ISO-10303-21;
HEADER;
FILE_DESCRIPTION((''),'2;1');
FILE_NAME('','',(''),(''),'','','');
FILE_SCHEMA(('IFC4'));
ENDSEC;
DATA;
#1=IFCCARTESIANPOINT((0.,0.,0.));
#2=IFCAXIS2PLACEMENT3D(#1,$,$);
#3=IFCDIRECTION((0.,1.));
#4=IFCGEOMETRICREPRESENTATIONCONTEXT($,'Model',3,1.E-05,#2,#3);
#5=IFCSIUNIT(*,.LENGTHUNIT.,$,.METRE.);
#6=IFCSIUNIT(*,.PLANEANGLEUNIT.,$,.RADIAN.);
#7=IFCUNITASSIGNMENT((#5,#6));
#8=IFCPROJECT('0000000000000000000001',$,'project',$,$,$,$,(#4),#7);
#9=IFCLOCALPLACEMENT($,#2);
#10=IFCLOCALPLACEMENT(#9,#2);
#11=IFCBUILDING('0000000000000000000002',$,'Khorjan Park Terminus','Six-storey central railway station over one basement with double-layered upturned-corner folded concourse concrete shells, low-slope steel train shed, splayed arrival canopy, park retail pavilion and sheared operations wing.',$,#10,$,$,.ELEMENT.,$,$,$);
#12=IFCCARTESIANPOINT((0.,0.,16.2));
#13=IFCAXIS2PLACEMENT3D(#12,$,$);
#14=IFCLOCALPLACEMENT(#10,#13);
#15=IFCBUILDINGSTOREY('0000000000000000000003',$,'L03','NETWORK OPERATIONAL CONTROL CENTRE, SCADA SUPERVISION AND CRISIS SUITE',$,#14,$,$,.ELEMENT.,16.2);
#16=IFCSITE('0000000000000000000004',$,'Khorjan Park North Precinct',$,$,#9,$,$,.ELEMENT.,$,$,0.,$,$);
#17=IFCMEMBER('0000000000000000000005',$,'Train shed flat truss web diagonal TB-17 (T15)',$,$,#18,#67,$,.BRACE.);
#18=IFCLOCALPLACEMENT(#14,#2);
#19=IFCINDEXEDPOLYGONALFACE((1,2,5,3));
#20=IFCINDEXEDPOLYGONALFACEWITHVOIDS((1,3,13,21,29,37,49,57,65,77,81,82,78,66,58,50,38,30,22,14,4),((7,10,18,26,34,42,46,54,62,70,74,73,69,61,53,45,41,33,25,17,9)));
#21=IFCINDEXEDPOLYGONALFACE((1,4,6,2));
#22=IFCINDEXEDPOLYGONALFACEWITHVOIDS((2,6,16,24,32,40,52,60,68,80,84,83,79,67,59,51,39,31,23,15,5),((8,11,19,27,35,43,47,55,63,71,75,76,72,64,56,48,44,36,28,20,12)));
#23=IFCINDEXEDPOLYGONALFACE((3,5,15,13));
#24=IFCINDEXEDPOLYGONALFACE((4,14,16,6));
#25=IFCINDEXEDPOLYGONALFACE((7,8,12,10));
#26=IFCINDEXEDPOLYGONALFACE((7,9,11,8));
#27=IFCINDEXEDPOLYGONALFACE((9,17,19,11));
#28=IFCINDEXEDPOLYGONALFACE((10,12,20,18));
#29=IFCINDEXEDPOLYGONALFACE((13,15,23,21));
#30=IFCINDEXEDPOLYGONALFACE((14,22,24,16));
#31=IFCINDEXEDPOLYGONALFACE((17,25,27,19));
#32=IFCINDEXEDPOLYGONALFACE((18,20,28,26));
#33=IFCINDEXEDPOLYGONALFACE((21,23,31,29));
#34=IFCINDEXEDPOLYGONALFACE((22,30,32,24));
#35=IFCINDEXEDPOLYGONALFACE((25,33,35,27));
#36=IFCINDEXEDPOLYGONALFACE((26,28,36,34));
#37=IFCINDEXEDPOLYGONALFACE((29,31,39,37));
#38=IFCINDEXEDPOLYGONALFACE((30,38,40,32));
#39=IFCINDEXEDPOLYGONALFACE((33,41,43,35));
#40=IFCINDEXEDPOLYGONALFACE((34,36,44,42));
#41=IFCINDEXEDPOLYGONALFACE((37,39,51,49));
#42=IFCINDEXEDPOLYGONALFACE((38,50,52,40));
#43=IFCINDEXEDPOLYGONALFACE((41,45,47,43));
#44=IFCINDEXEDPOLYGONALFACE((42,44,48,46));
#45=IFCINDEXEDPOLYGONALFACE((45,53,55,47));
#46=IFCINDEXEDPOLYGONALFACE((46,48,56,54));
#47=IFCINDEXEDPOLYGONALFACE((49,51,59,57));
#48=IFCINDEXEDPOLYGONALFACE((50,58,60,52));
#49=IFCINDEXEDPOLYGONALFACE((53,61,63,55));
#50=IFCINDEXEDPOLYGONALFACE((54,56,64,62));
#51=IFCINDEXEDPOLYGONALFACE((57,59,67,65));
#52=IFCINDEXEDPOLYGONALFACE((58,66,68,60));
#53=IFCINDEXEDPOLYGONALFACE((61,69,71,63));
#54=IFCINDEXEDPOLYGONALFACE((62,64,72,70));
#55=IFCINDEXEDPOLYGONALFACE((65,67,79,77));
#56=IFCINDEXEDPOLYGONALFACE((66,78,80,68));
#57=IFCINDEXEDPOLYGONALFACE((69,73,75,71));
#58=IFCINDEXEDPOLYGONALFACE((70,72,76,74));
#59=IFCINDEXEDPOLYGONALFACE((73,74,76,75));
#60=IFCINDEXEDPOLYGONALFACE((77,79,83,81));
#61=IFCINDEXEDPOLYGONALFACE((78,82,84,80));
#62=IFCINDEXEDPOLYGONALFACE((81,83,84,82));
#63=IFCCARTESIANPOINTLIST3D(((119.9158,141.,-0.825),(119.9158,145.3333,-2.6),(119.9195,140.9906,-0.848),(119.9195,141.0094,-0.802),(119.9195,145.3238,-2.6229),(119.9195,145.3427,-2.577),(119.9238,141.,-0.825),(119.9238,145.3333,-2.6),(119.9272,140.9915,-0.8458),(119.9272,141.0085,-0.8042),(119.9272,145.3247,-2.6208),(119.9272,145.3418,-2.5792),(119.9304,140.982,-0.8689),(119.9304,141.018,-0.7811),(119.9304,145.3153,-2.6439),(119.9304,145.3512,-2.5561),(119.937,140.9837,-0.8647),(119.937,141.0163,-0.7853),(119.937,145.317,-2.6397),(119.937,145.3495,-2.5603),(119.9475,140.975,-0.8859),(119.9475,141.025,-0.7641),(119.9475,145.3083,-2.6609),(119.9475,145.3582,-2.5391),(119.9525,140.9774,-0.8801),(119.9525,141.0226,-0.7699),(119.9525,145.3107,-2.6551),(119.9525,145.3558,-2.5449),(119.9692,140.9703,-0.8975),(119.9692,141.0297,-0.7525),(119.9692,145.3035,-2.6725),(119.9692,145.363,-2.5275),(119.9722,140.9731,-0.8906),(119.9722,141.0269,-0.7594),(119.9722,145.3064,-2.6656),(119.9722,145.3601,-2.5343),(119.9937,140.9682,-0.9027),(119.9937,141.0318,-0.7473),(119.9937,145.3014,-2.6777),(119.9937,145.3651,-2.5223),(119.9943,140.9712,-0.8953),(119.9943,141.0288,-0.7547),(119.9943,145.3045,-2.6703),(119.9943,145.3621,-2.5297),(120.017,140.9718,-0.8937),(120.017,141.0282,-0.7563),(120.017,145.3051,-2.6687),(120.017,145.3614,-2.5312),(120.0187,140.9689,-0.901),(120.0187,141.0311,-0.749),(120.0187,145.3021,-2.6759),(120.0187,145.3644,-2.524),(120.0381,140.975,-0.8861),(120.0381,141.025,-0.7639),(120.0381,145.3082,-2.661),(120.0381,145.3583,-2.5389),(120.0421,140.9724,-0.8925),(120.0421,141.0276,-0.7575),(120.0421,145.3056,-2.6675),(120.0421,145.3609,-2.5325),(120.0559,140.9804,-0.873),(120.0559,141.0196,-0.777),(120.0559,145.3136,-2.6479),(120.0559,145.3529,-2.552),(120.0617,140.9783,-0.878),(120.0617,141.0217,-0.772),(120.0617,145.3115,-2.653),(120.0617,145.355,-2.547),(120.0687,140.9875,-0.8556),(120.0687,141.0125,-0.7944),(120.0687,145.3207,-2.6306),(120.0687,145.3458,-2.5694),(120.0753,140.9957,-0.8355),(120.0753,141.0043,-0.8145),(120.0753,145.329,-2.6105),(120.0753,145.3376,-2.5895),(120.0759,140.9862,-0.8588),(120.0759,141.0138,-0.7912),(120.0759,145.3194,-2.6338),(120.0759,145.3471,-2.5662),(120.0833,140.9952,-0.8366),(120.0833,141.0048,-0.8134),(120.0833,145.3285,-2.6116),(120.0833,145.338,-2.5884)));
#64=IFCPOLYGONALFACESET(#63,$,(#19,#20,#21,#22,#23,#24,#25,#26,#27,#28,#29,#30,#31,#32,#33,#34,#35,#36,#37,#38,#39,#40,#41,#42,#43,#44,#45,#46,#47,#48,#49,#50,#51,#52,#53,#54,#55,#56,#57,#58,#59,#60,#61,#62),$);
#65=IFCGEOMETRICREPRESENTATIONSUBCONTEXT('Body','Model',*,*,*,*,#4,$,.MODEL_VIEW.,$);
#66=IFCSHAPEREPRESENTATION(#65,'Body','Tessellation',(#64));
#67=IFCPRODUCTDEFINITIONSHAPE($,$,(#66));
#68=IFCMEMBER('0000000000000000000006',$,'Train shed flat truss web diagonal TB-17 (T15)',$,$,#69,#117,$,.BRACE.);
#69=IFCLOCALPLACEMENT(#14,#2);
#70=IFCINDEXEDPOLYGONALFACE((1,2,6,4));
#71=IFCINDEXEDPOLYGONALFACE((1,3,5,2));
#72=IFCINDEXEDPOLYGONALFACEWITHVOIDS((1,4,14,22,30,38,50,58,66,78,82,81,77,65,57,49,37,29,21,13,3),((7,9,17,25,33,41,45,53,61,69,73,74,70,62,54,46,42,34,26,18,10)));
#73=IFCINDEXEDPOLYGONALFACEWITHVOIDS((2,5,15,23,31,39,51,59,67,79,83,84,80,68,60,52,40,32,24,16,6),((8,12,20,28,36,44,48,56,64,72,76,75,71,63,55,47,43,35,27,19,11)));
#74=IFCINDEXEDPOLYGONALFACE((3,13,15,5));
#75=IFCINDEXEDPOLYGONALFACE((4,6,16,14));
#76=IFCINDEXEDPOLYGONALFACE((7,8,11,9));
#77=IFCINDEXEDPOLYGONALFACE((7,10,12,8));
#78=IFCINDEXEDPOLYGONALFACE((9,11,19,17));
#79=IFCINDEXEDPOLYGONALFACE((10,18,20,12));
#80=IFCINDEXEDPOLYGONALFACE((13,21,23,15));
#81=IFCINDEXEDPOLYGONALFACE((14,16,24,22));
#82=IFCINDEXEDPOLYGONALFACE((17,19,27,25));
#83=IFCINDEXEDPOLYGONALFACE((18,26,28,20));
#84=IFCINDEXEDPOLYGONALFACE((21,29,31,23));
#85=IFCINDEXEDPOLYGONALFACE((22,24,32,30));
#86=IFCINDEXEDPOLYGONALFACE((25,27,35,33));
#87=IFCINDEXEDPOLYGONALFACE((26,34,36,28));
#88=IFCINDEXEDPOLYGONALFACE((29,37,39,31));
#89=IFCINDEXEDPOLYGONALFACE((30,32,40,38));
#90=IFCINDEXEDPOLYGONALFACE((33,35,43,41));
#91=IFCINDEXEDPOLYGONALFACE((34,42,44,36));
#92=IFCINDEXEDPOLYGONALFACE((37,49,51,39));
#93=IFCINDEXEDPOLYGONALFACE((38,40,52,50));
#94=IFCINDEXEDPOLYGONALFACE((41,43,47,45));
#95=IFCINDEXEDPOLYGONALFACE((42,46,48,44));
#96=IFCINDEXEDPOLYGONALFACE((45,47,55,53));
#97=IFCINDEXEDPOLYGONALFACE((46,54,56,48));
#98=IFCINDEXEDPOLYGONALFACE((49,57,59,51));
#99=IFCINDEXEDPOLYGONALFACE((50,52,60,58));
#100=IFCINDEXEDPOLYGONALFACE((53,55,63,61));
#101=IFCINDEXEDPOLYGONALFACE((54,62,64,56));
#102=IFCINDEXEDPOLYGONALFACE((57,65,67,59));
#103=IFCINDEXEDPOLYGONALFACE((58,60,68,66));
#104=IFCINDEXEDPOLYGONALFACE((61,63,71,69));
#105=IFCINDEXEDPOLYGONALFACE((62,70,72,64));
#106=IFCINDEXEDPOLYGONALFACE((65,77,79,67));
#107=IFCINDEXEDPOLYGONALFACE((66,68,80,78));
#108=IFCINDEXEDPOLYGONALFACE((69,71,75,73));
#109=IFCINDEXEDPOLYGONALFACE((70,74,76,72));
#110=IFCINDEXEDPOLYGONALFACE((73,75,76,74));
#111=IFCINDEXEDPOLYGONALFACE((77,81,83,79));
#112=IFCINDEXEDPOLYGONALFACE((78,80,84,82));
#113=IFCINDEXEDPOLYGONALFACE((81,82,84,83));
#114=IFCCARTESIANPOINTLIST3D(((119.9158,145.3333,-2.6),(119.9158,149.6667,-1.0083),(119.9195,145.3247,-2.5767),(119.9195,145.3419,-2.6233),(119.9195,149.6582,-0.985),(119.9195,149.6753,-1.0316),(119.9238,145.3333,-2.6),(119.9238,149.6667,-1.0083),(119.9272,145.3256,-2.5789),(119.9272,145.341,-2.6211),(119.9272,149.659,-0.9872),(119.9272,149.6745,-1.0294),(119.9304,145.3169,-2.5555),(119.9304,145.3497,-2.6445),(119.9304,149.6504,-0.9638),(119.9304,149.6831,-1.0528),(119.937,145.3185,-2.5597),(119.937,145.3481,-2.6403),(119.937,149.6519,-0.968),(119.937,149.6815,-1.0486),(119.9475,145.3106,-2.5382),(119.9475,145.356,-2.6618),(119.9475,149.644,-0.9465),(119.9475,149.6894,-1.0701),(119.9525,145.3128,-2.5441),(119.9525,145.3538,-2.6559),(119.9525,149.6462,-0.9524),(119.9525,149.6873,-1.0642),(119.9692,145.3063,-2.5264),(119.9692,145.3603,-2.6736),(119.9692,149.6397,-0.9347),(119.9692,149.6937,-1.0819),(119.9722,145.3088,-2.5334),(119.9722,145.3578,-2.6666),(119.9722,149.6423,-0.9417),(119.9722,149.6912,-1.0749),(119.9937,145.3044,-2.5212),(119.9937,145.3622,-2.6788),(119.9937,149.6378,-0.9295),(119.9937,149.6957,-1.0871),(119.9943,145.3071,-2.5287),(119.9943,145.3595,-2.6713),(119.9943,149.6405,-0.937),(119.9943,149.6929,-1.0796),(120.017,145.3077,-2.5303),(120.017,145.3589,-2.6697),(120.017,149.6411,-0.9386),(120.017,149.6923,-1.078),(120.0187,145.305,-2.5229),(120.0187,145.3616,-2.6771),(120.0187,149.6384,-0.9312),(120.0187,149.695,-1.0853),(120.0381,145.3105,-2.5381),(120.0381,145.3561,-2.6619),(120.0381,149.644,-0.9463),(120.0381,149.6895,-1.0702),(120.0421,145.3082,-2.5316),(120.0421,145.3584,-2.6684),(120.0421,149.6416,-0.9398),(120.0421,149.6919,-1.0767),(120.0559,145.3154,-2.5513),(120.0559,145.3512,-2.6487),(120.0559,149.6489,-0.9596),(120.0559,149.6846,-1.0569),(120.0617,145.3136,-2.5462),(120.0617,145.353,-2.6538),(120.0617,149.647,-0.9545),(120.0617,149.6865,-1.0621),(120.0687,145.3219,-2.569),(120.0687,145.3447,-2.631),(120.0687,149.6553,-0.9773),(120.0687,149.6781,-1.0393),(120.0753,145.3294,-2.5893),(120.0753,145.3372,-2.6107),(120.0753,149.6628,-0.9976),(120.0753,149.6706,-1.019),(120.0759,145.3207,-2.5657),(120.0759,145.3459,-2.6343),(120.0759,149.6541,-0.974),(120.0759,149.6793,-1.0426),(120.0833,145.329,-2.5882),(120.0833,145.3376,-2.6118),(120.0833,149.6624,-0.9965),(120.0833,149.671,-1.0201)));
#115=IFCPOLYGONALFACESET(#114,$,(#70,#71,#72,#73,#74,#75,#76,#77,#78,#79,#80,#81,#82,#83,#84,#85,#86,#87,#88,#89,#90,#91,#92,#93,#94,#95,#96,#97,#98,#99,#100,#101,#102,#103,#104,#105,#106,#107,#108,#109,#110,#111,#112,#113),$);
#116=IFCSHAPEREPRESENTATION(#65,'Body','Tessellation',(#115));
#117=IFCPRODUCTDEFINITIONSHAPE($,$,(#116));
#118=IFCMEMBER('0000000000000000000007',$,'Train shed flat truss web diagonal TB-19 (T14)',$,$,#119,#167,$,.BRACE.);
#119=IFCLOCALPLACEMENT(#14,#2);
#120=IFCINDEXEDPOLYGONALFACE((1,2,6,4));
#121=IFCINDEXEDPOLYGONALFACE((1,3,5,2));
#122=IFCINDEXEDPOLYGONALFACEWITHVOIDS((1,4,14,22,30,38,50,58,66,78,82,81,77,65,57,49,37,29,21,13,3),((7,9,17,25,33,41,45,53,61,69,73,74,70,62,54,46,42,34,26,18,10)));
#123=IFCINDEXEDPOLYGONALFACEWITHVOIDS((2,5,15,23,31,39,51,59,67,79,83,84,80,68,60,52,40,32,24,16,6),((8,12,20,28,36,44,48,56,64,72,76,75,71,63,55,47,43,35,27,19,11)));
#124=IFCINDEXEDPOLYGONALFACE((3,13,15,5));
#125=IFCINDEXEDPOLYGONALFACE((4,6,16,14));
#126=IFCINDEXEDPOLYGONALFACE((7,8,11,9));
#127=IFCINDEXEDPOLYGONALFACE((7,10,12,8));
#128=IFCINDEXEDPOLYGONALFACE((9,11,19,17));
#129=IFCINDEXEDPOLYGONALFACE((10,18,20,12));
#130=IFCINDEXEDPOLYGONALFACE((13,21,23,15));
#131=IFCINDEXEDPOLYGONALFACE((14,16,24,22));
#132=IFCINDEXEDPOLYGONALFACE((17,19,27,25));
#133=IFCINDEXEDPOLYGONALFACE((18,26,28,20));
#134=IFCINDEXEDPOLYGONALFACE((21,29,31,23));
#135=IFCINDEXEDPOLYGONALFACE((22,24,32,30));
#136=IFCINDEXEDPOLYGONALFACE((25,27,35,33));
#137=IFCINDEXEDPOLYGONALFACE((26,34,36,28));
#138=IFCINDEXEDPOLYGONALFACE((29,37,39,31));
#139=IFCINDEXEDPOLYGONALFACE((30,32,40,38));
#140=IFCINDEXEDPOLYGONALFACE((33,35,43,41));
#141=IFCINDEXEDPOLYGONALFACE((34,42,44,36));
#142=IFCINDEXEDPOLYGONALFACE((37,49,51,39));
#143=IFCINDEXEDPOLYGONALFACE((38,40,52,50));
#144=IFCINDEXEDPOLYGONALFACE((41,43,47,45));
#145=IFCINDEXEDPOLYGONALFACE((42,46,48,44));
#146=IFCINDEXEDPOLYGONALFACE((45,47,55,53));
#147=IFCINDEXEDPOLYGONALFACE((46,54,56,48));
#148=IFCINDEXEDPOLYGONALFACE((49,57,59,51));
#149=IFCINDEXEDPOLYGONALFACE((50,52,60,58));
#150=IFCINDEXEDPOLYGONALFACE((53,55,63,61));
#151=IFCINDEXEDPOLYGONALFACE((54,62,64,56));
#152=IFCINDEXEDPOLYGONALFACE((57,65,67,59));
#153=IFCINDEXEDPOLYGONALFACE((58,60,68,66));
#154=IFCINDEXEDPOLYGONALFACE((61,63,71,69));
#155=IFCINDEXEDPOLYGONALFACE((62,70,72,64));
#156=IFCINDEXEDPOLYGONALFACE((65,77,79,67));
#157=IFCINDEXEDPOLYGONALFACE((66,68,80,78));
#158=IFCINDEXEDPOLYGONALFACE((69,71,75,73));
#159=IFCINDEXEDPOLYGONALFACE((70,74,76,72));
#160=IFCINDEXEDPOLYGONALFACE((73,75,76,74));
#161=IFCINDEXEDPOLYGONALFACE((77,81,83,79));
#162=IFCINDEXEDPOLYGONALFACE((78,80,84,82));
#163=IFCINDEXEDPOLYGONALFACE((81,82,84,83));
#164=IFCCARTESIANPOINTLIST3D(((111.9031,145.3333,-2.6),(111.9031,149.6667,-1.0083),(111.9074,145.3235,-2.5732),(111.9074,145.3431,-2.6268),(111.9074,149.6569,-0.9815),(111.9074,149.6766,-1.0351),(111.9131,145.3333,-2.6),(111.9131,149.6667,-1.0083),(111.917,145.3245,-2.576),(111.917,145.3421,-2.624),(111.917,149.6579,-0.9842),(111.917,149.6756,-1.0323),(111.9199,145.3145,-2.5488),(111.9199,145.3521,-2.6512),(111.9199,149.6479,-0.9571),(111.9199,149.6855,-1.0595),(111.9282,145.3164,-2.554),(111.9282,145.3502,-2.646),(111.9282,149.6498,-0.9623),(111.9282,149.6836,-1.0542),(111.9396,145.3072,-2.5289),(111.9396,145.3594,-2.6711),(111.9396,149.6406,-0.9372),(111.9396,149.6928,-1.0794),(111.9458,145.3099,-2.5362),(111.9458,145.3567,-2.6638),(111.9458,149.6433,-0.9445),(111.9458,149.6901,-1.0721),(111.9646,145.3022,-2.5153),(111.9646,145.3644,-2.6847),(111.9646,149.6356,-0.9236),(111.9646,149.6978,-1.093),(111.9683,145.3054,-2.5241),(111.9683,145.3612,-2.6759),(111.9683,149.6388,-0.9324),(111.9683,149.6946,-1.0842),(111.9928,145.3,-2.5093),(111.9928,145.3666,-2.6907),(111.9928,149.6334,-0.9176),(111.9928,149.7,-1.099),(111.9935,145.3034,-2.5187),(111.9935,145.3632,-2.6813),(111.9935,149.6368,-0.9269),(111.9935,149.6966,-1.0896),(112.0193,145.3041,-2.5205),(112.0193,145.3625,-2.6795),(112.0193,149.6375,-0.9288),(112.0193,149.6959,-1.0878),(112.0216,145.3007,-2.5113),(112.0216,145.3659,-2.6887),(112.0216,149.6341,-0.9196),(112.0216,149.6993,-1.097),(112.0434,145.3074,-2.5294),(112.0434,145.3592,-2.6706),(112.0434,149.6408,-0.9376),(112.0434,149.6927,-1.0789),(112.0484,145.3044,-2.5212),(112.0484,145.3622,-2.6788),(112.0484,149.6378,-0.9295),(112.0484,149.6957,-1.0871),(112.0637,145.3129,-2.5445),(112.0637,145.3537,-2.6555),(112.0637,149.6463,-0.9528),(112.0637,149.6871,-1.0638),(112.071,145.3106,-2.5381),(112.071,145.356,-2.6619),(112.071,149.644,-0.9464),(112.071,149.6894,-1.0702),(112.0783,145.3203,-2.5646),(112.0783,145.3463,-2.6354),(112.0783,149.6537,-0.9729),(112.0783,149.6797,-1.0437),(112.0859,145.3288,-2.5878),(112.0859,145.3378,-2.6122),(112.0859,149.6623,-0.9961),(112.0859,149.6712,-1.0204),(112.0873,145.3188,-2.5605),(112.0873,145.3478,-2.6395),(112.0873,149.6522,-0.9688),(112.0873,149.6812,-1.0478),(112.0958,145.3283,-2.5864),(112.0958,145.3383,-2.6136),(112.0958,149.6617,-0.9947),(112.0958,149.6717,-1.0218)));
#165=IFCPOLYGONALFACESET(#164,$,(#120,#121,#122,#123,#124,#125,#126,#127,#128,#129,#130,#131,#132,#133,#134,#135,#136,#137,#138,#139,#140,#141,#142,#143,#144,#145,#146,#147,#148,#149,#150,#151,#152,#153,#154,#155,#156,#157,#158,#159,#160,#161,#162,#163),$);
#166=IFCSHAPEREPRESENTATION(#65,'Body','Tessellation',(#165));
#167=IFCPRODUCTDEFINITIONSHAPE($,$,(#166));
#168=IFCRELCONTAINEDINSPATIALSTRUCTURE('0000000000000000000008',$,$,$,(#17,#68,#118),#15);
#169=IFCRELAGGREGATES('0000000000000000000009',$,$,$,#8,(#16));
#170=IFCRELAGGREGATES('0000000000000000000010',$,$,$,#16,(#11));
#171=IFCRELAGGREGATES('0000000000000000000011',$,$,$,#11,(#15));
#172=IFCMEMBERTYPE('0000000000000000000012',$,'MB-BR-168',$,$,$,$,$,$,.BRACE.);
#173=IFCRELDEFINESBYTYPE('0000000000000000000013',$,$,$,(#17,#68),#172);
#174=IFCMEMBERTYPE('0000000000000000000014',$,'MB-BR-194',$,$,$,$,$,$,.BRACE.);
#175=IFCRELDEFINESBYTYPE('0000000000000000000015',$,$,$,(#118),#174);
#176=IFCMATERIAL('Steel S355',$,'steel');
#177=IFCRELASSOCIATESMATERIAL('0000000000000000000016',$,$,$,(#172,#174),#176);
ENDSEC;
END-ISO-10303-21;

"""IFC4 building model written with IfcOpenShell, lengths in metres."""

from ifc_helpers import new_model, si_unit, direction, frame, origin, origin_2d, place, context, subcontext, project, spatial, hollow_circle, extrude, material, material_profile, profile_set, type_object, element, save


model = new_model("IFC4")

# Units and contexts
model_context = context("Model", 3, precision=1e-05, world=origin(), true_north=direction((0.0, 1.0)))
body_context = subcontext(model_context, "Body", "Model", "MODEL_VIEW")
ifc_project = project(units=[si_unit("LENGTHUNIT", "METRE"), si_unit("PLANEANGLEUNIT", "RADIAN")], contexts=[model_context])

# Site, building, storey
site_placement = place(None, origin())
site = spatial("IfcSite", under=ifc_project, at=site_placement, Name="Khorjan Park North Precinct", CompositionType="ELEMENT", RefElevation=0.0)
building_placement = place(site_placement, origin())
building = spatial("IfcBuilding", under=site, at=building_placement, Name="Khorjan Park Terminus", Description="Six-storey central railway station over one basement with double-layered upturned-corner folded concourse concrete shells, low-slope steel train shed, splayed arrival canopy, park retail pavilion and sheared operations wing.", CompositionType="ELEMENT")
storey_placement = place(building_placement, frame((0.0, 0.0, 16.2)))
storey = spatial("IfcBuildingStorey", under=building, at=storey_placement, Name="L03", Description="NETWORK OPERATIONAL CONTROL CENTRE, SCADA SUPERVISION AND CRISIS SUITE", CompositionType="ELEMENT", Elevation=16.2)

# Members
ifc_material = material(Name="Steel S355", Category="steel")
ifc_material_profile_1 = material_profile(ifc_material, hollow_circle(Radius=0.0842, WallThickness=0.008, at=origin_2d()), Name="CHS 168.3x8")
ifc_profile_set_1 = profile_set([ifc_material_profile_1], Name="Steel S355")
member_type_1 = type_object("IfcMemberType", Name="MB-BR-168", PredefinedType="BRACE", material=ifc_profile_set_1)
member_1_placement = place(storey_placement, frame((120.0, 141.0, -0.825), z_axis=(0.0, 0.925376, -0.379051), x_axis=(-1.0, 0.0, 0.0)))
element("IfcMember", 1, at=member_1_placement, inside=storey, type_object=member_type_1, Name="Train shed flat truss web diagonal TB-17 (T15)", PredefinedType="BRACE", context=body_context, shape_type="SweptSolid", body=[
    extrude(hollow_circle(Radius=0.0842, WallThickness=0.008, at=origin_2d()), origin(), (0.0, 0.0, 1.0), 4.6827),
])
member_2_placement = place(storey_placement, frame((120.0, 145.3333, -2.6), z_axis=(0.0, 0.938681, 0.344787), x_axis=(-1.0, 0.0, 0.0)))
element("IfcMember", 2, at=member_2_placement, inside=storey, type_object=member_type_1, Name="Train shed flat truss web diagonal TB-17 (T15)", PredefinedType="BRACE", context=body_context, shape_type="SweptSolid", body=[
    extrude(hollow_circle(Radius=0.0842, WallThickness=0.008, at=origin_2d()), origin(), (0.0, 0.0, 1.0), 4.6165),
])
ifc_material_profile_2 = material_profile(ifc_material, hollow_circle(Radius=0.0969, WallThickness=0.01, at=origin_2d()), Name="CHS 193.7x10")
ifc_profile_set_2 = profile_set([ifc_material_profile_2], Name="Steel S355")
member_type_2 = type_object("IfcMemberType", Name="MB-BR-194", PredefinedType="BRACE", material=ifc_profile_set_2)
member_3_placement = place(storey_placement, frame((112.0, 145.3333, -2.6), z_axis=(0.0, 0.938681, 0.344787), x_axis=(-1.0, 0.0, 0.0)))
element("IfcMember", 3, at=member_3_placement, inside=storey, type_object=member_type_2, Name="Train shed flat truss web diagonal TB-19 (T14)", PredefinedType="BRACE", context=body_context, shape_type="SweptSolid", body=[
    extrude(hollow_circle(Radius=0.0969, WallThickness=0.01, at=origin_2d()), origin(), (0.0, 0.0, 1.0), 4.6165),
])

save(model, "model.ifc")
